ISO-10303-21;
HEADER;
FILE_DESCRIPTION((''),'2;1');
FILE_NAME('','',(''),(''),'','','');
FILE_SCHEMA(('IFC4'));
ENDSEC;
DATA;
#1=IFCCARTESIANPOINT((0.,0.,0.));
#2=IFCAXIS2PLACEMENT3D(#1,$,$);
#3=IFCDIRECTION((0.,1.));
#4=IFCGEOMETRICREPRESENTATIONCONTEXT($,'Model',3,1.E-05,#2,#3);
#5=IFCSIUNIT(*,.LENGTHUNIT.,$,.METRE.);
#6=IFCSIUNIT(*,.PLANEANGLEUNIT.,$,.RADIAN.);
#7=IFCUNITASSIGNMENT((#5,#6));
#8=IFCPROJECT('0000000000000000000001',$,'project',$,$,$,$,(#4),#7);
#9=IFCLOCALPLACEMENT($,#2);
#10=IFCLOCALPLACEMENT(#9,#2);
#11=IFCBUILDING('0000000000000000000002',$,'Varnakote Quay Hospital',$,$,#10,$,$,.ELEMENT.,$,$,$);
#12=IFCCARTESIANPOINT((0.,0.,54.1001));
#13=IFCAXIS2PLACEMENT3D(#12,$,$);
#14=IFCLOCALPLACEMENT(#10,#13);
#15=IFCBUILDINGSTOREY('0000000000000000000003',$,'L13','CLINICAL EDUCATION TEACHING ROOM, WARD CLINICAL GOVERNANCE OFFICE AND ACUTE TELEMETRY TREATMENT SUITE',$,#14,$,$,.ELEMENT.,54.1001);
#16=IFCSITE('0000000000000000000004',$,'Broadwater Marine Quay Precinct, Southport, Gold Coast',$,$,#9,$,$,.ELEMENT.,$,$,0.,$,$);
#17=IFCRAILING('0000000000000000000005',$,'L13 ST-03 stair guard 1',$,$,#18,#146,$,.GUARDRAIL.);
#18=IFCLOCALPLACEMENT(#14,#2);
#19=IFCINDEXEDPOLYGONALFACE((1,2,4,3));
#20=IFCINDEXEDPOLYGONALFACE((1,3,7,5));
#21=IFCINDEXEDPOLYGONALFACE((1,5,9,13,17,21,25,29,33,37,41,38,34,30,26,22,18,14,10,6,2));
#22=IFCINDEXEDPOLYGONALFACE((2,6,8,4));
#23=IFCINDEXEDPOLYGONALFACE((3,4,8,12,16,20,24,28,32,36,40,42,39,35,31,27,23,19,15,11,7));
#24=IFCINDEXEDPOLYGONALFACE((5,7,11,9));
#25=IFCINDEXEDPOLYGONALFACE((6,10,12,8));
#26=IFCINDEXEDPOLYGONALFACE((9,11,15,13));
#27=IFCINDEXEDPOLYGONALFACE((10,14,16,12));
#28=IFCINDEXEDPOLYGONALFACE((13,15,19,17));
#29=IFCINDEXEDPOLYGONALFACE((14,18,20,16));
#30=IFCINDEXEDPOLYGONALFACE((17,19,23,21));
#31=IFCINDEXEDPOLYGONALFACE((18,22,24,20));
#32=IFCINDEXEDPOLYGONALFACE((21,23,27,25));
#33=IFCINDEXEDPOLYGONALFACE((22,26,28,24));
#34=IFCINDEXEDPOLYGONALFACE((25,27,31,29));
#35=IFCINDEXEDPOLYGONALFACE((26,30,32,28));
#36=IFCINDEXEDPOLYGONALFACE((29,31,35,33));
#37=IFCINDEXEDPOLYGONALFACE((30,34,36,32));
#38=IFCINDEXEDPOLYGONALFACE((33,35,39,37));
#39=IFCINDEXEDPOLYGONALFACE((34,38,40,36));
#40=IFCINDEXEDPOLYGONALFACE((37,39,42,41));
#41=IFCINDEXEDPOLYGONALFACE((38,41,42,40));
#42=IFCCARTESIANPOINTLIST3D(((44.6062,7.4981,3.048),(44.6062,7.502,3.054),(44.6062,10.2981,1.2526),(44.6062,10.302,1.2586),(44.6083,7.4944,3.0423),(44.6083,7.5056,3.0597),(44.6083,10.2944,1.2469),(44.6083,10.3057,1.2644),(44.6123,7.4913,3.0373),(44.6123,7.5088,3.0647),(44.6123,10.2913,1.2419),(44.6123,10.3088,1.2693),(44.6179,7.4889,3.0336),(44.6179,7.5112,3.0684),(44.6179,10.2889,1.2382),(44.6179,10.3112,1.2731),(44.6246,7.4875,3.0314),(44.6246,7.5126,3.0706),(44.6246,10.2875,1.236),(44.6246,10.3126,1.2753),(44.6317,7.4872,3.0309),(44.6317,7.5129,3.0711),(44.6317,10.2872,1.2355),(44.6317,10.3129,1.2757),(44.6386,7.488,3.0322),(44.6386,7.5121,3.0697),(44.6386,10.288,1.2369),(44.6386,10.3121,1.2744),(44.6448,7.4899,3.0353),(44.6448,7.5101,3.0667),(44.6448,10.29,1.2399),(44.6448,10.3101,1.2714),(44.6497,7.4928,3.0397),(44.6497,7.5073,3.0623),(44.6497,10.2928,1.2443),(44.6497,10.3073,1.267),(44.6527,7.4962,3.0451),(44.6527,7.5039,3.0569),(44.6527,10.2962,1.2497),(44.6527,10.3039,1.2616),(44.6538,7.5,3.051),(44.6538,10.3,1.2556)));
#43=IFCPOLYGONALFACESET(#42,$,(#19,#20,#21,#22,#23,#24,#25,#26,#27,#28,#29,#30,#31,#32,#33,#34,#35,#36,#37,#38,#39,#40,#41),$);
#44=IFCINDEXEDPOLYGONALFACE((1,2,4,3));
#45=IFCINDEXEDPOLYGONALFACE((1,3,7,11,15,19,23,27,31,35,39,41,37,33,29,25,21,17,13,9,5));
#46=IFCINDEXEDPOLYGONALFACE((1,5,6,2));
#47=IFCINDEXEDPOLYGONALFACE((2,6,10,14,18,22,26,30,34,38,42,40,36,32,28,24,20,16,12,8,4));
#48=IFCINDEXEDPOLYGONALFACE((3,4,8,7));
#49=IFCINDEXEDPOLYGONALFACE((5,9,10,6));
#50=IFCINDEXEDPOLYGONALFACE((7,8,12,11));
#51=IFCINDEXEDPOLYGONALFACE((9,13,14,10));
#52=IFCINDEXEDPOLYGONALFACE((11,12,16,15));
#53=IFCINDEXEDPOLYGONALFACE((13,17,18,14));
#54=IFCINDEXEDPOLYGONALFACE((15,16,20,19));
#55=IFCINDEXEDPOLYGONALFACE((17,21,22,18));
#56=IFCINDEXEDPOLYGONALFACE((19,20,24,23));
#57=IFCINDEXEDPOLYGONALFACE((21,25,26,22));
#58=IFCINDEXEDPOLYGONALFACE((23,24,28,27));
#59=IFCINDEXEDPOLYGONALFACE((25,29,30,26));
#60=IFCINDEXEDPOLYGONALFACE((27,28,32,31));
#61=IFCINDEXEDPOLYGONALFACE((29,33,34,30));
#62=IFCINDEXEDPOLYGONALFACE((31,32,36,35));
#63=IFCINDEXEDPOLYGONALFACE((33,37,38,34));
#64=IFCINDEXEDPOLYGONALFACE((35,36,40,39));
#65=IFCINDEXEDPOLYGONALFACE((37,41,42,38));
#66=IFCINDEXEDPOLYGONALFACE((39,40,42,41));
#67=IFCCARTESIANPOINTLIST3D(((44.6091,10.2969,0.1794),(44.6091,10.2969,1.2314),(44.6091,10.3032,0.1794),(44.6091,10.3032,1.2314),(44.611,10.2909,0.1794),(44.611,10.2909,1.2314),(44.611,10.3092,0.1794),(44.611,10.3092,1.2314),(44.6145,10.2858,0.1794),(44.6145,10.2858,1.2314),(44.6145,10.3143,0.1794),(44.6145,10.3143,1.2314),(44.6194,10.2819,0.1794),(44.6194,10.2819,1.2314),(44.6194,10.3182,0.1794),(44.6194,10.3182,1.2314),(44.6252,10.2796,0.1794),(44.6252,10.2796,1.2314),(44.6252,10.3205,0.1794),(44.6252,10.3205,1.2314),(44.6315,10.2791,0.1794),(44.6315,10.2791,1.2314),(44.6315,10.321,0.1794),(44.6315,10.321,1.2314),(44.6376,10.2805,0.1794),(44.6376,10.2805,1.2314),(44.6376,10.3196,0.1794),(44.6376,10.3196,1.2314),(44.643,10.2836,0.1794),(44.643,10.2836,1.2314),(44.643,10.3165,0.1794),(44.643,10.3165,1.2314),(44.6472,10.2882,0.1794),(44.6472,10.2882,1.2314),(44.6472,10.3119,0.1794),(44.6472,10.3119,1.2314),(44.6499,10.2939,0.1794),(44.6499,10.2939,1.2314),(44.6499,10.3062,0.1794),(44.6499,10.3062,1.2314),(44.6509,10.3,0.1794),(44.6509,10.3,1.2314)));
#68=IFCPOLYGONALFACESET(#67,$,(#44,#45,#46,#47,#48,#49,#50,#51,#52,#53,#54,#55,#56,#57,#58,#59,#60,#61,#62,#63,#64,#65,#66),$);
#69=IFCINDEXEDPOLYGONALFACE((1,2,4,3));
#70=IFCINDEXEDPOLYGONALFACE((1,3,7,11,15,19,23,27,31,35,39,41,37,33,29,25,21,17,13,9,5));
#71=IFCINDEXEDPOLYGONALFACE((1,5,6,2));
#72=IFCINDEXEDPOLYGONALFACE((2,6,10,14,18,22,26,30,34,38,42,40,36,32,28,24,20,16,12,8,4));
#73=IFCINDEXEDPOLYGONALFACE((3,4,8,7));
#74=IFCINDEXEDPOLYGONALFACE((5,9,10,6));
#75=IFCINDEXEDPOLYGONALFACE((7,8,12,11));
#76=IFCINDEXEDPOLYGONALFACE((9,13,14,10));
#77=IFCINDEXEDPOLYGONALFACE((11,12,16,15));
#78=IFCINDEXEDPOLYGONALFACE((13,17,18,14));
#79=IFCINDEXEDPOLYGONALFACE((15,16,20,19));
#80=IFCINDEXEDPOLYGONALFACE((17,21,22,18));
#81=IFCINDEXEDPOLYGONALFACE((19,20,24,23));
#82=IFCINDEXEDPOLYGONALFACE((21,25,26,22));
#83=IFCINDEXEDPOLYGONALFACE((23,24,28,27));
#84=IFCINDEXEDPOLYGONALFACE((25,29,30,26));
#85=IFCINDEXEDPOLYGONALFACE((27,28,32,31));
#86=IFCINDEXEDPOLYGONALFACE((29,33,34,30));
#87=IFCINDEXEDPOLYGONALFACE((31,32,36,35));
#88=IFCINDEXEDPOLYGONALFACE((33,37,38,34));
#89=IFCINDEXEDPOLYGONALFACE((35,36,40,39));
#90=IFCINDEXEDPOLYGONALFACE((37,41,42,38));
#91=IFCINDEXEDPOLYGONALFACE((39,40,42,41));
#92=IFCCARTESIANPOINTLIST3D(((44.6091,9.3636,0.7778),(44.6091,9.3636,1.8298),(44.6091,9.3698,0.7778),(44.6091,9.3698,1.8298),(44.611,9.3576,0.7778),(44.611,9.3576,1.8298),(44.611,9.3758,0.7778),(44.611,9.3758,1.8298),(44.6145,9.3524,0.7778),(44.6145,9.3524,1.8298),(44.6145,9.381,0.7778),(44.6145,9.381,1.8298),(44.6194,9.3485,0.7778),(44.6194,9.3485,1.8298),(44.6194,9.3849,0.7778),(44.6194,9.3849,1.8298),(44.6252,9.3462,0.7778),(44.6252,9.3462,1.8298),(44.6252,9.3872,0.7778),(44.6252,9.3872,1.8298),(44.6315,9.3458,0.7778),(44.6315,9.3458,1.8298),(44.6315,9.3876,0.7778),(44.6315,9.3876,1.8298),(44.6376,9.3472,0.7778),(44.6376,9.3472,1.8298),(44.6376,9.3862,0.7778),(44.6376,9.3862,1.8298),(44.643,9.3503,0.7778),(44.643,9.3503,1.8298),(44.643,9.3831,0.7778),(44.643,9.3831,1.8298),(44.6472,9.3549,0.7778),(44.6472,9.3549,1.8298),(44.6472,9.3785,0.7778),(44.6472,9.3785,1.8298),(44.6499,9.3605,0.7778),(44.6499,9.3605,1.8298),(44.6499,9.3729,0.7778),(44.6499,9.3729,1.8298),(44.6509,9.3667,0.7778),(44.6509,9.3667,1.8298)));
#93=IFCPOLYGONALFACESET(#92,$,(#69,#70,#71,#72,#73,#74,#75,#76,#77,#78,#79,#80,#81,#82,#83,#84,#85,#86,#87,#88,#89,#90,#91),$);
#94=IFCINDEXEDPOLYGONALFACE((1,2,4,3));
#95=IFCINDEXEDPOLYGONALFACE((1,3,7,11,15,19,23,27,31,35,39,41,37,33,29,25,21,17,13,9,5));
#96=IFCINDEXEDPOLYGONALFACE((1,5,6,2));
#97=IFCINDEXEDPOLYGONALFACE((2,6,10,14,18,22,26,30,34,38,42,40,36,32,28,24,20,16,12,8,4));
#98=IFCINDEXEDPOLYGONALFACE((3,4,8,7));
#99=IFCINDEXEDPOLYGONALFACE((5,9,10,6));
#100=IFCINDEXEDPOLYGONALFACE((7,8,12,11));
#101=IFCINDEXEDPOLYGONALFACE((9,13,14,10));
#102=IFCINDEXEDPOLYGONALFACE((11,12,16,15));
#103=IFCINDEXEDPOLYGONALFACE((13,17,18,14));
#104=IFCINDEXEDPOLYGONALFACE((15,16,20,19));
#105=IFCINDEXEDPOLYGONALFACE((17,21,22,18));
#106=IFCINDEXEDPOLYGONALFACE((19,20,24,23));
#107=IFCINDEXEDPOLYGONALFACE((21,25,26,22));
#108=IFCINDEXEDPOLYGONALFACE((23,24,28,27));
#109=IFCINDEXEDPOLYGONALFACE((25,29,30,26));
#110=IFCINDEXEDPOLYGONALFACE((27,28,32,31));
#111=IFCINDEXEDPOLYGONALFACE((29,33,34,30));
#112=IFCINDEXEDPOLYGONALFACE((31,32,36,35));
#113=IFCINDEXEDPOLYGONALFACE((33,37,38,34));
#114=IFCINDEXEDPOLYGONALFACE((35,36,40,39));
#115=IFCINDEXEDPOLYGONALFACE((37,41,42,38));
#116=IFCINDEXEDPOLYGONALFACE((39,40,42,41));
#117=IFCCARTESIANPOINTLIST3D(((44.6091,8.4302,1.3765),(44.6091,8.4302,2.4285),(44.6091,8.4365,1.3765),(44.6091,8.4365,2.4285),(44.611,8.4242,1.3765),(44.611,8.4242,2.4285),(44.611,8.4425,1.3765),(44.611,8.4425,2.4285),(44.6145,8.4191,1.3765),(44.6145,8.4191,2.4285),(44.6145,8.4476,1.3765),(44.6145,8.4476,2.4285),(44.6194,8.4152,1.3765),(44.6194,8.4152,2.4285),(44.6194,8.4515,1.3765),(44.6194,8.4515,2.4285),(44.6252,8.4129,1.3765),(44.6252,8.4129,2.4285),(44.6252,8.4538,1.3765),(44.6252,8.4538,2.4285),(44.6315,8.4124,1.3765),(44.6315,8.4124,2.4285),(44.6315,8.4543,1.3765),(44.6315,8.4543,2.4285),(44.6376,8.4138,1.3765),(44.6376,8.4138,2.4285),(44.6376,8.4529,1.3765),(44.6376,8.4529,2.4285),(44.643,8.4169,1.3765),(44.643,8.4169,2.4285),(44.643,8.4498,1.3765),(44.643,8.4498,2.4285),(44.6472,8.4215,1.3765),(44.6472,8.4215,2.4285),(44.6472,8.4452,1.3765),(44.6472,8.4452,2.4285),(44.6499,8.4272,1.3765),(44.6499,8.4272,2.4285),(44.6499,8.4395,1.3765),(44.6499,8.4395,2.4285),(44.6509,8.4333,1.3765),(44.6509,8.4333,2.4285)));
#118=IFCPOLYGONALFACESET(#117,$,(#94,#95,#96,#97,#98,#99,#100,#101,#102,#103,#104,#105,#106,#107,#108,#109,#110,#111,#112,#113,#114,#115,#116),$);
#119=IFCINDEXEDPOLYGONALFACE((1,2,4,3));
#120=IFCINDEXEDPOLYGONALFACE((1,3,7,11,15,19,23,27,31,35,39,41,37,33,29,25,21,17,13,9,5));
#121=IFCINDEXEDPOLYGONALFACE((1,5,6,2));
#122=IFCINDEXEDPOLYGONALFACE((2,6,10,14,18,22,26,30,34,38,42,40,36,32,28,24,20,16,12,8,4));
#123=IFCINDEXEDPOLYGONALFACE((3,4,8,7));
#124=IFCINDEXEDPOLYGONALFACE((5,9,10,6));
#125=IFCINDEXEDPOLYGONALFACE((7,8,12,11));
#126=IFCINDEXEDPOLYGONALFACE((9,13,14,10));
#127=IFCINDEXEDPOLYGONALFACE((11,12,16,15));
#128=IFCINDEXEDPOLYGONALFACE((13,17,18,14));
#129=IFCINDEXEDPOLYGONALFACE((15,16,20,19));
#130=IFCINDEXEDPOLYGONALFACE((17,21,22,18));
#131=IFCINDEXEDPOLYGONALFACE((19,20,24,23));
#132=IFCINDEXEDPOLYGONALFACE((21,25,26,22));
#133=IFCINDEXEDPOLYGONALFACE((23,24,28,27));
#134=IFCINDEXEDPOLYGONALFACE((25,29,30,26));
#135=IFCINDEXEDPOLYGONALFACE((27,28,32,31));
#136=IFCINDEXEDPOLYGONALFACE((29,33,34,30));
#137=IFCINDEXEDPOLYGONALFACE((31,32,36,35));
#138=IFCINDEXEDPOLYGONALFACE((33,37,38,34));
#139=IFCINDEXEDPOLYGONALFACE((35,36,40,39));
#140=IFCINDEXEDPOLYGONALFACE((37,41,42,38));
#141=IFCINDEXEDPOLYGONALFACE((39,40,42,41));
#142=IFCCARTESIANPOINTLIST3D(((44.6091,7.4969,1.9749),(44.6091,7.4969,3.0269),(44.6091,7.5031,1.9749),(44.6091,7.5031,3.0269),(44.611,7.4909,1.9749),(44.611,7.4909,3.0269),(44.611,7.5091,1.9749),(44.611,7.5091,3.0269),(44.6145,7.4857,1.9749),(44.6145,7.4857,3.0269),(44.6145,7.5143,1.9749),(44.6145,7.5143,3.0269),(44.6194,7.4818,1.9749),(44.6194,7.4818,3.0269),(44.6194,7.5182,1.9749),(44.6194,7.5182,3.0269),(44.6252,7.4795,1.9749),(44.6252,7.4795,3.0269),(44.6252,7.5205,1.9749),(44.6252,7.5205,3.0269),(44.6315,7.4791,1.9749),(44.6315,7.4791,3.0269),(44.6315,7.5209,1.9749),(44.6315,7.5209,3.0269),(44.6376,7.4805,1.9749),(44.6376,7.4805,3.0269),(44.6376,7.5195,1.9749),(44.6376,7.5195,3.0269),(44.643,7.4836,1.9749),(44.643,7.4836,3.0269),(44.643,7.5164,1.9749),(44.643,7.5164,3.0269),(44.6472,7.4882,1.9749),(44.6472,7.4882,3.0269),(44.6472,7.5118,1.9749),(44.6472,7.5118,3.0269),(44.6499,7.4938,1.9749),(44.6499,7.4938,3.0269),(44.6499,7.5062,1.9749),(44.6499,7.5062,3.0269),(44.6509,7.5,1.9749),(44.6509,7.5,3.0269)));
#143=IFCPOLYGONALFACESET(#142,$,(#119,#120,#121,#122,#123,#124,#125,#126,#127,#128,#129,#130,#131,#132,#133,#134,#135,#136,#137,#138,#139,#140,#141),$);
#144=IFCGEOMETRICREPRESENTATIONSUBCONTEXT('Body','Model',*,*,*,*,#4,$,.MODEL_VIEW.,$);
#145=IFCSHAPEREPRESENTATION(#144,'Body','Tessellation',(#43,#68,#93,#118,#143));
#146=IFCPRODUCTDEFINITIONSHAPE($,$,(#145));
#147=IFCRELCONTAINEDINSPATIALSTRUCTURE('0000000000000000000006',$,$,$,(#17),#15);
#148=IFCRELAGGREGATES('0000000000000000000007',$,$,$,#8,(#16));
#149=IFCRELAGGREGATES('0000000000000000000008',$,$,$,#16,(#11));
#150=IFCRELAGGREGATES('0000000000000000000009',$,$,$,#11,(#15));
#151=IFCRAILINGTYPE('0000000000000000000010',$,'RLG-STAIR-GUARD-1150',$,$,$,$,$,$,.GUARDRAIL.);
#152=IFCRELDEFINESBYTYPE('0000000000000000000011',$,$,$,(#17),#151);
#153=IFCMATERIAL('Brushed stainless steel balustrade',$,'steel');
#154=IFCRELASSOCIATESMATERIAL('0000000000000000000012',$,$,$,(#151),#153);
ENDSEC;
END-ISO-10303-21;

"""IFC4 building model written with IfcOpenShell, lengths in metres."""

from ifc_helpers import new_model, si_unit, direction, frame, origin, origin_2d, place, context, subcontext, project, spatial, circle, extrude, material, type_object, element, save


model = new_model("IFC4")

# Units and contexts
model_context = context("Model", 3, precision=1e-05, world=origin(), true_north=direction((0.0, 1.0)))
body_context = subcontext(model_context, "Body", "Model", "MODEL_VIEW")
ifc_project = project(units=[si_unit("LENGTHUNIT", "METRE"), si_unit("PLANEANGLEUNIT", "RADIAN")], contexts=[model_context])

# Site, building, storey
site_placement = place(None, origin())
site = spatial("IfcSite", under=ifc_project, at=site_placement, Name="Broadwater Marine Quay Precinct, Southport, Gold Coast", CompositionType="ELEMENT", RefElevation=0.0)
building_placement = place(site_placement, origin())
building = spatial("IfcBuilding", under=site, at=building_placement, Name="Varnakote Quay Hospital", CompositionType="ELEMENT")
storey_placement = place(building_placement, frame((0.0, 0.0, 54.1001)))
storey = spatial("IfcBuildingStorey", under=building, at=storey_placement, Name="L13", Description="CLINICAL EDUCATION TEACHING ROOM, WARD CLINICAL GOVERNANCE OFFICE AND ACUTE TELEMETRY TREATMENT SUITE", CompositionType="ELEMENT", Elevation=54.1001)

# Railing
ifc_material_1 = material(Name="Brushed stainless steel balustrade", Category="steel")
railing_type_1 = type_object("IfcRailingType", Name="RLG-STAIR-GUARD-1150", PredefinedType="GUARDRAIL", material=ifc_material_1)
railing_1_placement = place(storey_placement, frame((44.6299, 10.3, 0.1794)))
element("IfcRailing", 1, at=railing_1_placement, inside=storey, type_object=railing_type_1, Name="L13 ST-03 stair guard 1", PredefinedType="GUARDRAIL", context=body_context, shape_type="SweptSolid", body=[
    extrude(circle(Radius=0.0239, at=origin_2d()), frame((0.0, 0.0, 1.0762), z_axis=(0.0, -0.84181, 0.539774), x_axis=(1.0, 0.0, 0.0)), (0.0, 0.0, 1.0), 3.3262),
    extrude(circle(Radius=0.021, at=origin_2d()), origin(), (0.0, 0.0, 1.0), 1.052),
    extrude(circle(Radius=0.021, at=origin_2d()), frame((0.0, -0.9333, 0.5984)), (0.0, 0.0, 1.0), 1.052),
    extrude(circle(Radius=0.021, at=origin_2d()), frame((0.0, -1.8667, 1.197)), (0.0, 0.0, 1.0), 1.052),
    extrude(circle(Radius=0.021, at=origin_2d()), frame((0.0, -2.8, 1.7954)), (0.0, 0.0, 1.0), 1.052),
])

save(model, "model.ifc")
